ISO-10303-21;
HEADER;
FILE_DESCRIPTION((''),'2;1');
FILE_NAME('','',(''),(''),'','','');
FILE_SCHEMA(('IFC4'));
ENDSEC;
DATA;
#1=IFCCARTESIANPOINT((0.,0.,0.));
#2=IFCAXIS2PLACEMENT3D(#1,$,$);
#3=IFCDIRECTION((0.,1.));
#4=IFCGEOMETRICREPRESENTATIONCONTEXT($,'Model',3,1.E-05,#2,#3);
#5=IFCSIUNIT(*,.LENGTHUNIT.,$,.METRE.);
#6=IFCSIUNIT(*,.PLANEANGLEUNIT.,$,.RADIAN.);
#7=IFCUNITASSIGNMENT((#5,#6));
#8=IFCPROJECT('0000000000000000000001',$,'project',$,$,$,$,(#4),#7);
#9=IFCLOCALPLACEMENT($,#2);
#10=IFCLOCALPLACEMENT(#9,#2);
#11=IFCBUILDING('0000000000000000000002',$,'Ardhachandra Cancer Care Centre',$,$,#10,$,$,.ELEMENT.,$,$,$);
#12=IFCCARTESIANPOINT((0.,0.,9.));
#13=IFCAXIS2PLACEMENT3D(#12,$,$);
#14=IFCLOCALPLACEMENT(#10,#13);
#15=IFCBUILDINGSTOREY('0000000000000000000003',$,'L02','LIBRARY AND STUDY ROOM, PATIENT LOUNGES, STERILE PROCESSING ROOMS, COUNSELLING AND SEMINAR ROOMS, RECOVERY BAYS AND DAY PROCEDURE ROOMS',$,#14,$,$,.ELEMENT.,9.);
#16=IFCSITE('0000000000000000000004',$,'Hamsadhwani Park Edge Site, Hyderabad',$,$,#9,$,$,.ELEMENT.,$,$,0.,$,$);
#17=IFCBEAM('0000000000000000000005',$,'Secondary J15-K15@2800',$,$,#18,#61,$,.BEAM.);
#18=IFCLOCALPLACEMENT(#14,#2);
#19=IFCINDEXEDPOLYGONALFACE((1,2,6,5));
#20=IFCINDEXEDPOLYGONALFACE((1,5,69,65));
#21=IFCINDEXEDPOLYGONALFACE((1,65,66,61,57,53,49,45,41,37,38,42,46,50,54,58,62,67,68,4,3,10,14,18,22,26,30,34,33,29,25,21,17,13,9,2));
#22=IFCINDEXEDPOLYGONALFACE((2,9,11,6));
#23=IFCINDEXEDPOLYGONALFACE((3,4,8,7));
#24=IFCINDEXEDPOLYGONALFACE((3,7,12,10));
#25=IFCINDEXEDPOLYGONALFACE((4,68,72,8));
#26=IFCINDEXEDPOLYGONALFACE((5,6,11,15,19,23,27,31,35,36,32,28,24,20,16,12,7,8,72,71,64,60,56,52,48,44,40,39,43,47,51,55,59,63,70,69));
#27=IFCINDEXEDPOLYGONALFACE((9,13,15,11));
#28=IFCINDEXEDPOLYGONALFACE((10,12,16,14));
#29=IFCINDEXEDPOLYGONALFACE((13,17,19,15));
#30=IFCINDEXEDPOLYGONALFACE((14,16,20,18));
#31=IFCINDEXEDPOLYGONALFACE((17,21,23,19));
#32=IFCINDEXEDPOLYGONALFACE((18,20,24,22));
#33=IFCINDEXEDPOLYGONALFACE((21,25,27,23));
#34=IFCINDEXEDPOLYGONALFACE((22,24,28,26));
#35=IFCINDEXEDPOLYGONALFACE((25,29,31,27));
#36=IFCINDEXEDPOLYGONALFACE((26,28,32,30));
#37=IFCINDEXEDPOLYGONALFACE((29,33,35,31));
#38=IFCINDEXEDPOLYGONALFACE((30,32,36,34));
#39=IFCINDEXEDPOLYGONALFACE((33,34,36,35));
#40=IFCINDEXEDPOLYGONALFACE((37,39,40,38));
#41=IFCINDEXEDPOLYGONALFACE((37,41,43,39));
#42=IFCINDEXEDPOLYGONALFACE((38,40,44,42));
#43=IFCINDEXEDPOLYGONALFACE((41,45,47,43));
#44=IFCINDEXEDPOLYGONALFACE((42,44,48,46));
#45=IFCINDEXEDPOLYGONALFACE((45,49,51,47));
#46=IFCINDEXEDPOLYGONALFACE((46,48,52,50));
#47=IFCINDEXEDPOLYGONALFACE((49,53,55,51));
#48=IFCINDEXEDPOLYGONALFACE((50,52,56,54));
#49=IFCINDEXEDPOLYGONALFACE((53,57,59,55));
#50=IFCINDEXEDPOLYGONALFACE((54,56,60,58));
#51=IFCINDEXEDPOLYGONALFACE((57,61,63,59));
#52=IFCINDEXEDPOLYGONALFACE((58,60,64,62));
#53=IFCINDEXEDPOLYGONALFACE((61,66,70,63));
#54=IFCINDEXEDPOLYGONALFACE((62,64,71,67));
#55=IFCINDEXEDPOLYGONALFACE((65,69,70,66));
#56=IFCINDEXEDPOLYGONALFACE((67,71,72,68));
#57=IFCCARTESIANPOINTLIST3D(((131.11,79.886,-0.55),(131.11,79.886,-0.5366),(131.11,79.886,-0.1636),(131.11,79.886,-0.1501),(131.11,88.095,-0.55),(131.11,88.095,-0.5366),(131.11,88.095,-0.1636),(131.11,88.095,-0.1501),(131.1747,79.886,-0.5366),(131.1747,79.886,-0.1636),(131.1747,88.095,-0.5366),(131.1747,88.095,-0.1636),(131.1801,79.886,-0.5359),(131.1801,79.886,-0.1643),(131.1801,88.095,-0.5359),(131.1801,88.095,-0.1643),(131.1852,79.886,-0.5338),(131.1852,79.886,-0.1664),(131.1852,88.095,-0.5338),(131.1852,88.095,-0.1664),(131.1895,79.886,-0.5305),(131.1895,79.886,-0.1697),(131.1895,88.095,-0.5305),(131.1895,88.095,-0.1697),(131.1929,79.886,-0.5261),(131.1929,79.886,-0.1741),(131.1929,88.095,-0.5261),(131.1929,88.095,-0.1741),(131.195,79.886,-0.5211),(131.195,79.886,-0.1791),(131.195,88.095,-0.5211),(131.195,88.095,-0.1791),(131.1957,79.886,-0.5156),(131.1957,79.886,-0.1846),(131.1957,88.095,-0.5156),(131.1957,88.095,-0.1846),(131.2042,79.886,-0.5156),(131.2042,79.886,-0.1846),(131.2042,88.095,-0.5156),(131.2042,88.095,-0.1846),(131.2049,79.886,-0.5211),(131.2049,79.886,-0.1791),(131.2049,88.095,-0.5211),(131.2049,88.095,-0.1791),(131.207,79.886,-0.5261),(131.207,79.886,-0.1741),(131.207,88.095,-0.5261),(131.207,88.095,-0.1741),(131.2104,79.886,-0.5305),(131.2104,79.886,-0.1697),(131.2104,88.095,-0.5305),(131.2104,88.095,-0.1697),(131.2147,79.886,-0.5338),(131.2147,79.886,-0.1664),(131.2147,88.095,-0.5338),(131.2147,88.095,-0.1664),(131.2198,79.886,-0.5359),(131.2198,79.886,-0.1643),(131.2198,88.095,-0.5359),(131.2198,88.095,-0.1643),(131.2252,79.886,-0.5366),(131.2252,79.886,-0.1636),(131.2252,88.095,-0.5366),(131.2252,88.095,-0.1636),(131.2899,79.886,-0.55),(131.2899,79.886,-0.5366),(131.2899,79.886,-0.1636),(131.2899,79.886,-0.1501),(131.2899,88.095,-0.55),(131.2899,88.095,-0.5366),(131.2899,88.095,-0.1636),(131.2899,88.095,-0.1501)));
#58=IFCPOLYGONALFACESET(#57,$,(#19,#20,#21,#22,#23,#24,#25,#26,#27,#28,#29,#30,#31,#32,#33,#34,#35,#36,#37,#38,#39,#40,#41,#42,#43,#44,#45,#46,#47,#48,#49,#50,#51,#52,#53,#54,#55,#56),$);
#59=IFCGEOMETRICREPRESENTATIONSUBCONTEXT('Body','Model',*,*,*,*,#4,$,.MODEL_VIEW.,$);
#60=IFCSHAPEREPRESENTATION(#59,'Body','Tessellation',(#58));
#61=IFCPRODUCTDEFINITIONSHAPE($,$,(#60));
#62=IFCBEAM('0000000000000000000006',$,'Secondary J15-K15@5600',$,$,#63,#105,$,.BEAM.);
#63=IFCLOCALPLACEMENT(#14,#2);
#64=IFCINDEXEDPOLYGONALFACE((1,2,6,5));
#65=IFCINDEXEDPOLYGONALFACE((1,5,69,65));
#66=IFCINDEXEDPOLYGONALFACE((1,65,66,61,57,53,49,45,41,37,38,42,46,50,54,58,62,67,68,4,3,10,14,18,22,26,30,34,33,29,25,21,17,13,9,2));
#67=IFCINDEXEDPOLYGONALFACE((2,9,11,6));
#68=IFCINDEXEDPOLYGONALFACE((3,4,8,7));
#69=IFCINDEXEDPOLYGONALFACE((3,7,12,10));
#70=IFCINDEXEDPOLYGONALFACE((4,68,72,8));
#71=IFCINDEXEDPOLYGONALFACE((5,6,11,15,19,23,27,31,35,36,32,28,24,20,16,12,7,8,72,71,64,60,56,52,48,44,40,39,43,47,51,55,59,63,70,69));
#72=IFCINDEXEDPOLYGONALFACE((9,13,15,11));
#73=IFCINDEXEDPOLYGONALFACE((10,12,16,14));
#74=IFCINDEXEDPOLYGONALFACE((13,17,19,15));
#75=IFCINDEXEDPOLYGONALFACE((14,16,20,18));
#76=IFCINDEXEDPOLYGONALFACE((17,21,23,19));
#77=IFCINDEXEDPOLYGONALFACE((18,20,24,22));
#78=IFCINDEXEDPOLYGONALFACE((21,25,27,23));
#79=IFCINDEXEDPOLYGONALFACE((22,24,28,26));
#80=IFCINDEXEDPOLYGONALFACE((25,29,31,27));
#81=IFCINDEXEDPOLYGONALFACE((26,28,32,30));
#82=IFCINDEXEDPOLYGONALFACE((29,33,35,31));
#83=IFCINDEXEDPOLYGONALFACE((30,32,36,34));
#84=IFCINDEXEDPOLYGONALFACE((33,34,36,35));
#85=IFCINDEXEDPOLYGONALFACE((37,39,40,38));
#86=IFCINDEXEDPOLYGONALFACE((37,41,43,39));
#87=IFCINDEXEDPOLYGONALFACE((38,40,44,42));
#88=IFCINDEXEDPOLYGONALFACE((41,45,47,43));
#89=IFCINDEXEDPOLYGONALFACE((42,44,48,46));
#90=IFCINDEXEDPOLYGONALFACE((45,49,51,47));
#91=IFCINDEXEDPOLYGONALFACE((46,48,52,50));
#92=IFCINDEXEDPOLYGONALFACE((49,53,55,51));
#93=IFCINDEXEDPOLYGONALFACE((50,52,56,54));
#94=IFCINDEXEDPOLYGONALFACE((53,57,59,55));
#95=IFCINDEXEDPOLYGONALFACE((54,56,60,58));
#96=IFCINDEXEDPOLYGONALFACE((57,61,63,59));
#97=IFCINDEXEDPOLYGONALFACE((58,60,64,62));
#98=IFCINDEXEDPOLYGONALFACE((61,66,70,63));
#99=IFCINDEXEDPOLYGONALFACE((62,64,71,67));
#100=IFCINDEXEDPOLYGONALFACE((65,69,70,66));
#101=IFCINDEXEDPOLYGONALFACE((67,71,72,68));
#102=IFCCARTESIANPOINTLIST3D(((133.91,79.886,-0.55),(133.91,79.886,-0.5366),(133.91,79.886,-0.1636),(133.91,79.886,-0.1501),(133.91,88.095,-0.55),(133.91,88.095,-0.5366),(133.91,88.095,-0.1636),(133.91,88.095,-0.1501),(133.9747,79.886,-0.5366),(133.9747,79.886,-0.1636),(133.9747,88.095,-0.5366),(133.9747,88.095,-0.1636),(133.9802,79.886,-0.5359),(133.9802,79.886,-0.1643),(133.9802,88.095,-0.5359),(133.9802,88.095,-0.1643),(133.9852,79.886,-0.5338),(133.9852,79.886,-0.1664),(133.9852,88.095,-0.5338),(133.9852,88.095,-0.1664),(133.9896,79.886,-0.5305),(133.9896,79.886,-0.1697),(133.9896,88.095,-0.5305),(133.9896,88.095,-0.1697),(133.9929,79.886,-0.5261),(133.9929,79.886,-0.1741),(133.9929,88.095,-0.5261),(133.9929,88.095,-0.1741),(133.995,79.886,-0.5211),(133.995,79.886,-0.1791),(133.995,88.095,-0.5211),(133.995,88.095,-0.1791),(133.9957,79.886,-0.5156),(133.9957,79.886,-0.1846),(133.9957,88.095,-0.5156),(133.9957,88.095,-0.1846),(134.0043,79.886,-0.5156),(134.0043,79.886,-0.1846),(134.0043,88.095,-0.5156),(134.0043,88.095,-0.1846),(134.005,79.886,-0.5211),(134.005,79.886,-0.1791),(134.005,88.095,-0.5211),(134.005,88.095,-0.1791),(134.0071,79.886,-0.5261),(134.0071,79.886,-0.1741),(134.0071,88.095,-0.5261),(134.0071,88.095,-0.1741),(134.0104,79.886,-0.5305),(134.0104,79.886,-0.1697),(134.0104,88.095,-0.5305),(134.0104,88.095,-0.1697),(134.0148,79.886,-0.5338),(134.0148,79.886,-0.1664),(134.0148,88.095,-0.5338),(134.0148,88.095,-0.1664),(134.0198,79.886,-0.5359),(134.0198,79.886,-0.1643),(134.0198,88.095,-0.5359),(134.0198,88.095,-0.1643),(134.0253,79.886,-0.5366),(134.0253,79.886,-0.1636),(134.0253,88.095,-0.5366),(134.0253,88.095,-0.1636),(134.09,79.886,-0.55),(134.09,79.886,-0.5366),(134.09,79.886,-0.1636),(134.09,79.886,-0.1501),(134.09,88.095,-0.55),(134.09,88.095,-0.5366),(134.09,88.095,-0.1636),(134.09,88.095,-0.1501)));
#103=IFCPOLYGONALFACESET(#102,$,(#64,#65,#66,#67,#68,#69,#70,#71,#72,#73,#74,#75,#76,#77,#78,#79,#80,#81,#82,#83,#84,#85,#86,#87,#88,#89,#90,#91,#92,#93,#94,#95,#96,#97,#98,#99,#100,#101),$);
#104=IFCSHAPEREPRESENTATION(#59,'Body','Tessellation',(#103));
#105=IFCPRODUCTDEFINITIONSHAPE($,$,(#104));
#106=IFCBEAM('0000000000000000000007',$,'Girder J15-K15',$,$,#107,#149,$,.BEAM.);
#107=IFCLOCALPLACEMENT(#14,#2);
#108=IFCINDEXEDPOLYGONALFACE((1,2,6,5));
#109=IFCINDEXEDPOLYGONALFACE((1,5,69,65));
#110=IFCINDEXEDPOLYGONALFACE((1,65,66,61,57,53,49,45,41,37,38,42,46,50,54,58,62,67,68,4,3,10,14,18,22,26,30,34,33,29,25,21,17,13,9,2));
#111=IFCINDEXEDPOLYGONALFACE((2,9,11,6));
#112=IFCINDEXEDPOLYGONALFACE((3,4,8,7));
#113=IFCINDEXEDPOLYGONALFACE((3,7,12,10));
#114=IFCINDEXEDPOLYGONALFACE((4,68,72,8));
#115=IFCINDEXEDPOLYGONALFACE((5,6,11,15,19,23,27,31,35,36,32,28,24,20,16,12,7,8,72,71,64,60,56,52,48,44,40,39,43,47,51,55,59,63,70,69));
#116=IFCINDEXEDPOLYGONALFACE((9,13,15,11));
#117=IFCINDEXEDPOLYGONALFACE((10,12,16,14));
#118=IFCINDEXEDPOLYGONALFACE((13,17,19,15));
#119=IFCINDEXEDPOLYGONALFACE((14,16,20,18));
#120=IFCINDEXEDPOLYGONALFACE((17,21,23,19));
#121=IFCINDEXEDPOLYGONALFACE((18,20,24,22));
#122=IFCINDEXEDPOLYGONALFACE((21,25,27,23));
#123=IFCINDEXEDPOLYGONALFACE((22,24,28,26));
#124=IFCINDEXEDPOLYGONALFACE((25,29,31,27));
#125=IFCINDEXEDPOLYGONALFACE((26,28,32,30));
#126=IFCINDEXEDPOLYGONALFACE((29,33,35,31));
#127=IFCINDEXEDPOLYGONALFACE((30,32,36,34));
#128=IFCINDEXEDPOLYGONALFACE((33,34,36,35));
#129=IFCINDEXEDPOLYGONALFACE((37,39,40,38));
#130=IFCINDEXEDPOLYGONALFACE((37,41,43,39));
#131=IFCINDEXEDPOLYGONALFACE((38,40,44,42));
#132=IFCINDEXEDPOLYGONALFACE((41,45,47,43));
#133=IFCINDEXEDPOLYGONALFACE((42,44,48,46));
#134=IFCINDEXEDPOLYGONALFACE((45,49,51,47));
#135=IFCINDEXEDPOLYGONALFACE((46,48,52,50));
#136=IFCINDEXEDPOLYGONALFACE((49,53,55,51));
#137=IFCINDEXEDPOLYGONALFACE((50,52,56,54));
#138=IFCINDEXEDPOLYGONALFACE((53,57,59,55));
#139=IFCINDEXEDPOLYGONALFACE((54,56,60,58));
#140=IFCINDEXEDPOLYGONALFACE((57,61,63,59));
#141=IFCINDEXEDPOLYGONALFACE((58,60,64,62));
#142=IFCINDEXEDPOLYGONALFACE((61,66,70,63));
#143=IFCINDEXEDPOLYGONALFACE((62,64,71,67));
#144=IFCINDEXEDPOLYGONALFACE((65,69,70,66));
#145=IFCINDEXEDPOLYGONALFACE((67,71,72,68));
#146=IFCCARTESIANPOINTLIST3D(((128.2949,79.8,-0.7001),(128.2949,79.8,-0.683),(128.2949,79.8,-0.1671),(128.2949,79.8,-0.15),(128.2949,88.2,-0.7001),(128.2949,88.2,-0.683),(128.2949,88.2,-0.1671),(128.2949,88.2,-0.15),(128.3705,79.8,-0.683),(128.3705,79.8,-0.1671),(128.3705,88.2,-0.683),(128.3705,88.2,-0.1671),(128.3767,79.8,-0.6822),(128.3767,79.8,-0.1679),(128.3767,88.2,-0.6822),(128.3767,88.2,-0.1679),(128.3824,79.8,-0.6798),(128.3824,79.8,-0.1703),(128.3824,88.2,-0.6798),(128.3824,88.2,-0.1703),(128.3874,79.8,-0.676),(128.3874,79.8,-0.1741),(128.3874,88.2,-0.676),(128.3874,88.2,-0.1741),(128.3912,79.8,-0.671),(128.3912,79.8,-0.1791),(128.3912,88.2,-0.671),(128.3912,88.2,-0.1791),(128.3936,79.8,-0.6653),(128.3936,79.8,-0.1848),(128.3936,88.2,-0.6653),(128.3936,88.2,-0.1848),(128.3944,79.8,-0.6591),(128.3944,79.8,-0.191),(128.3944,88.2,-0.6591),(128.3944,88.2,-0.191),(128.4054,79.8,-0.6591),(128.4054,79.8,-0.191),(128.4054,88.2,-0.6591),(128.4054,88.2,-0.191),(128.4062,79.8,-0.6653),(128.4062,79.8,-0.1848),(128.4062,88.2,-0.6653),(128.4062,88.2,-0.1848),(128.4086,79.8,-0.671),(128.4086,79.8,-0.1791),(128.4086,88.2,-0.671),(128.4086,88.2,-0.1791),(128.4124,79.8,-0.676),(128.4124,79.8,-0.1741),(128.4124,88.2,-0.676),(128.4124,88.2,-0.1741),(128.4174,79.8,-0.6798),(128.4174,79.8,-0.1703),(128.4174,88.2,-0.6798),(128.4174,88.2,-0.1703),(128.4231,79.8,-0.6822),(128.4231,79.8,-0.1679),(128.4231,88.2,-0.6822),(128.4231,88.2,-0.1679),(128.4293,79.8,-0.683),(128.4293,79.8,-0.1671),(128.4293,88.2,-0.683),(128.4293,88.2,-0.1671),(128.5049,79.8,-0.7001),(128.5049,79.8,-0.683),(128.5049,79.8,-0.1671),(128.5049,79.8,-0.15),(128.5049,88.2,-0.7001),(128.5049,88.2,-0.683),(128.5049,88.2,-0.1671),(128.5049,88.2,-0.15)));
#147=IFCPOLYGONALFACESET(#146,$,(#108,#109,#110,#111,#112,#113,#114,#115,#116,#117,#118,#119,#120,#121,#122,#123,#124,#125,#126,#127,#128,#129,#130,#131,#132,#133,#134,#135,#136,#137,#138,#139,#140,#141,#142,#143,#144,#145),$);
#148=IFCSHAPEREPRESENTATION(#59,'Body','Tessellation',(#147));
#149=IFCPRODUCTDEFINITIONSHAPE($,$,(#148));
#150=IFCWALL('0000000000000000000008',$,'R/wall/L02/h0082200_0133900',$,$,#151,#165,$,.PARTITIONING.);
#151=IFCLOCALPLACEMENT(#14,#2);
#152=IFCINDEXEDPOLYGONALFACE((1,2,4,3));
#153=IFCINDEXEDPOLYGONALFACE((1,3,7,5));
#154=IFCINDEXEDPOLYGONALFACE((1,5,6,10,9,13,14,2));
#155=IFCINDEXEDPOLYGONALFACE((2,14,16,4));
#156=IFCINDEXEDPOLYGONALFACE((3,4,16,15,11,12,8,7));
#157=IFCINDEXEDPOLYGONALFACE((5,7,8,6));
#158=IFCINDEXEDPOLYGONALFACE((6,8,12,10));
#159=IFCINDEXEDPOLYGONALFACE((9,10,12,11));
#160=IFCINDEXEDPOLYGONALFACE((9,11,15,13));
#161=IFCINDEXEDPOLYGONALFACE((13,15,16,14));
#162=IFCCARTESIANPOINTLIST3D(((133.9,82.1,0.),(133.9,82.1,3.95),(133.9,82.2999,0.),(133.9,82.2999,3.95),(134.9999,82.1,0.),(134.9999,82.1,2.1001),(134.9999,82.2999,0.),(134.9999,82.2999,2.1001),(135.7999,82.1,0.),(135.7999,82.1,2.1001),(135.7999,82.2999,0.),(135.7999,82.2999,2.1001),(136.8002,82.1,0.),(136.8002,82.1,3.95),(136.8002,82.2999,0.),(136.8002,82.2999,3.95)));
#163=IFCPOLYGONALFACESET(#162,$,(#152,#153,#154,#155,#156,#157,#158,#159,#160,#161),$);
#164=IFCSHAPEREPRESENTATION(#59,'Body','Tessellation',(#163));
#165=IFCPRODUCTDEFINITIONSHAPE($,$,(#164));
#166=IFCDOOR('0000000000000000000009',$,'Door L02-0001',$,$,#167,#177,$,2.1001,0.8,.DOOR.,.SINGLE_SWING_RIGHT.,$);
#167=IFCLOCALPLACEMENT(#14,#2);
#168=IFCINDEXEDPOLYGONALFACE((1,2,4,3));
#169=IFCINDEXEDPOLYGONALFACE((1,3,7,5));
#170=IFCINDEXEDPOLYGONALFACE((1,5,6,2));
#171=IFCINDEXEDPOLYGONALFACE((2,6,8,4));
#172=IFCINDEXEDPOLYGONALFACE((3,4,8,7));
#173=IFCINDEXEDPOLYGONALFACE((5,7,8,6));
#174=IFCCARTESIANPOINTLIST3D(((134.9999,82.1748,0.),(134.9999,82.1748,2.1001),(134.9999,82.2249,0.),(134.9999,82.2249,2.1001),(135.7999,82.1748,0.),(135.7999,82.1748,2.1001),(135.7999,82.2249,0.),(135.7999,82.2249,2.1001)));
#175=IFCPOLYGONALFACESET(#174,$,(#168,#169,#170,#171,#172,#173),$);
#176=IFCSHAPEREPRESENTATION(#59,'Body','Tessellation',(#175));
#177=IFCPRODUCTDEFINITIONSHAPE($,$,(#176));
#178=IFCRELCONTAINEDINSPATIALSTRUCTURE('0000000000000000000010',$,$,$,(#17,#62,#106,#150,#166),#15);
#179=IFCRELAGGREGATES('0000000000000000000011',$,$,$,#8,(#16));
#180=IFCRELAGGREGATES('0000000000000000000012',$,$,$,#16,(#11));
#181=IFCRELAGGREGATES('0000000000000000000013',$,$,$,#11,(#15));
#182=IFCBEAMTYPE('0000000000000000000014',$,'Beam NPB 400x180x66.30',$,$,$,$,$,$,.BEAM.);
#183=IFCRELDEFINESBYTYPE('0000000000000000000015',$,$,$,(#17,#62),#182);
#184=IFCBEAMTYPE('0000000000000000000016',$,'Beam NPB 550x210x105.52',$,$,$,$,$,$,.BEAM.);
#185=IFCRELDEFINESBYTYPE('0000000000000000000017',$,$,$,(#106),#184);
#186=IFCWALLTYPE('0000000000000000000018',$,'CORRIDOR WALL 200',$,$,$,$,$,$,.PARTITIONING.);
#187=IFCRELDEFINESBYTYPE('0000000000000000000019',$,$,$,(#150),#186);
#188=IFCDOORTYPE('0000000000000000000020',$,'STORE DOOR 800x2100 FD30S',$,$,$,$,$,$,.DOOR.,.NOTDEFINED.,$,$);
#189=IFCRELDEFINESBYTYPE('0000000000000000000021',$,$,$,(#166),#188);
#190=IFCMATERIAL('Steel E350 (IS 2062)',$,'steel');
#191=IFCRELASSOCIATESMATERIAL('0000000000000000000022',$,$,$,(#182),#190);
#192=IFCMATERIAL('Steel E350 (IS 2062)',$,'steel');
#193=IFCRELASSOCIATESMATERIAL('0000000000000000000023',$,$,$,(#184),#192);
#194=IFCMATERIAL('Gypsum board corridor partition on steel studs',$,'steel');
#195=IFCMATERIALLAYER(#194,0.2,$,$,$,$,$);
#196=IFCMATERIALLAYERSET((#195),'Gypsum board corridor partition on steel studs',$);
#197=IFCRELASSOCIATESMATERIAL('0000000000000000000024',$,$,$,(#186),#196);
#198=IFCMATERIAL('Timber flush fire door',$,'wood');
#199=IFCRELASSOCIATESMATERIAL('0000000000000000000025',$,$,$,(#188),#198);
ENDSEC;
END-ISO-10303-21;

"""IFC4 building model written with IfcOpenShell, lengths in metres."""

from ifc_helpers import new_model, si_unit, direction, frame, frame_2d, origin, origin_2d, place, context, subcontext, project, spatial, rectangle, i_section, extrude, material, layer, layer_set, material_profile, profile_set, type_object, element, fill, save


model = new_model("IFC4")

# Units and contexts
model_context = context("Model", 3, precision=1e-05, world=origin(), true_north=direction((0.0, 1.0)))
body_context = subcontext(model_context, "Body", "Model", "MODEL_VIEW")
ifc_project = project(units=[si_unit("LENGTHUNIT", "METRE"), si_unit("PLANEANGLEUNIT", "RADIAN")], contexts=[model_context])

# Site, building, storey
site_placement = place(None, origin())
site = spatial("IfcSite", under=ifc_project, at=site_placement, Name="Hamsadhwani Park Edge Site, Hyderabad", CompositionType="ELEMENT", RefElevation=0.0)
building_placement = place(site_placement, origin())
building = spatial("IfcBuilding", under=site, at=building_placement, Name="Ardhachandra Cancer Care Centre", CompositionType="ELEMENT")
storey_placement = place(building_placement, frame((0.0, 0.0, 9.0)))
storey = spatial("IfcBuildingStorey", under=building, at=storey_placement, Name="L02", Description="LIBRARY AND STUDY ROOM, PATIENT LOUNGES, STERILE PROCESSING ROOMS, COUNSELLING AND SEMINAR ROOMS, RECOVERY BAYS AND DAY PROCEDURE ROOMS", CompositionType="ELEMENT", Elevation=9.0)

# Beams
ifc_material_1 = material(Name="Steel E350 (IS 2062)", Category="steel")
ifc_material_profile_1 = material_profile(ifc_material_1, i_section(OverallWidth=0.1799, OverallDepth=0.3999, WebThickness=0.0085, FlangeThickness=0.0134, FilletRadius=0.021, at=origin_2d()), Name="NPB 400x180x66.30")
ifc_profile_set_1 = profile_set([ifc_material_profile_1], Name="Steel E350 (IS 2062)")
beam_type_1 = type_object("IfcBeamType", Name="Beam NPB 400x180x66.30", PredefinedType="BEAM", material=ifc_profile_set_1)
for number, where, z_axis, x_axis, name in (
    (1, (131.2, 79.886, -0.3501), (0.0, 1.0, 0.0), (-1.0, 0.0, 0.0), "Secondary J15-K15@2800"),
    (2, (134.0, 79.886, -0.3501), (0.0, 1.0, 0.0), (-1.0, 0.0, 0.0), "Secondary J15-K15@5600"),
):
    element("IfcBeam", number, at=place(storey_placement, frame(where, z_axis=z_axis, x_axis=x_axis)), inside=storey, type_object=beam_type_1, Name=name, PredefinedType="BEAM", context=body_context, shape_type="SweptSolid", body=[
        extrude(i_section(OverallWidth=0.1799, OverallDepth=0.3999, WebThickness=0.0085, FlangeThickness=0.0134, FilletRadius=0.021, at=origin_2d()), origin(), (0.0, 0.0, 1.0), 8.209),
    ])
ifc_material_2 = material(Name="Steel E350 (IS 2062)", Category="steel")
ifc_material_profile_2 = material_profile(ifc_material_2, i_section(OverallWidth=0.21, OverallDepth=0.55, WebThickness=0.011, FlangeThickness=0.0171, FilletRadius=0.0239, at=origin_2d()), Name="NPB 550x210x105.52")
ifc_profile_set_2 = profile_set([ifc_material_profile_2], Name="Steel E350 (IS 2062)")
beam_type_2 = type_object("IfcBeamType", Name="Beam NPB 550x210x105.52", PredefinedType="BEAM", material=ifc_profile_set_2)
beam_1_placement = place(storey_placement, frame((128.3999, 79.8, -0.425), z_axis=(0.0, 1.0, 0.0), x_axis=(-1.0, 0.0, 0.0)))
element("IfcBeam", 3, at=beam_1_placement, inside=storey, type_object=beam_type_2, Name="Girder J15-K15", PredefinedType="BEAM", context=body_context, shape_type="SweptSolid", body=[
    extrude(i_section(OverallWidth=0.21, OverallDepth=0.55, WebThickness=0.011, FlangeThickness=0.0171, FilletRadius=0.0239, at=origin_2d()), origin(), (0.0, 0.0, 1.0), 8.3999),
])

# Wall, opening, door
ifc_material_3 = material(Name="Gypsum board corridor partition on steel studs", Category="steel")
ifc_layer_1 = layer(ifc_material_3, 0.2)
ifc_layer_set_1 = layer_set([ifc_layer_1], Name="Gypsum board corridor partition on steel studs")
wall_type_1 = type_object("IfcWallType", Name="CORRIDOR WALL 200", PredefinedType="PARTITIONING", material=ifc_layer_set_1)
wall_1_placement = place(storey_placement, frame((133.8999, 82.2, 0.0), z_axis=(0.0, 0.0, 1.0), x_axis=(1.0, 0.0, 0.0)))
wall_1 = element("IfcWall", 4, at=wall_1_placement, inside=storey, type_object=wall_type_1, Name="R/wall/L02/h0082200_0133900", PredefinedType="PARTITIONING", context=body_context, shape_type="SweptSolid", body=[
    extrude(rectangle(XDim=2.9001, YDim=0.2, at=frame_2d((1.4502, 0.0))), origin(), (0.0, 0.0, 1.0), 3.95),
])
opening_1_placement = place(wall_1_placement, frame((1.1001, 0.0, 0.0)))
opening_1 = element("IfcOpeningElement", 5, at=opening_1_placement, cuts=wall_1, PredefinedType="OPENING", context=body_context, shape_type="SweptSolid", body=[
    extrude(rectangle(XDim=0.8, YDim=2.1001, at=frame_2d((0.3999, 1.05))), frame((0.0, 0.1099, 0.0), z_axis=(0.0, -1.0, 0.0), x_axis=(1.0, 0.0, 0.0)), (0.0, 0.0, 1.0), 0.22),
])
ifc_material_4 = material(Name="Timber flush fire door", Category="wood")
door_type = type_object("IfcDoorType", Name="STORE DOOR 800x2100 FD30S", OperationType="NOTDEFINED", PredefinedType="DOOR", material=ifc_material_4)
door_1_placement = place(opening_1_placement, origin())
door_1 = element("IfcDoor", 6, at=door_1_placement, inside=storey, type_object=door_type, Name="Door L02-0001", OperationType="SINGLE_SWING_RIGHT", OverallHeight=2.1001, OverallWidth=0.8, PredefinedType="DOOR", context=body_context, shape_type="SweptSolid", body=[
    extrude(rectangle(XDim=0.8, YDim=2.1001, at=frame_2d((0.3999, 1.05))), frame((0.0, 0.0249, 0.0), z_axis=(0.0, -1.0, 0.0), x_axis=(1.0, 0.0, 0.0)), (0.0, 0.0, 1.0), 0.05),
])
fill(opening_1, door_1)

save(model, "model.ifc")
